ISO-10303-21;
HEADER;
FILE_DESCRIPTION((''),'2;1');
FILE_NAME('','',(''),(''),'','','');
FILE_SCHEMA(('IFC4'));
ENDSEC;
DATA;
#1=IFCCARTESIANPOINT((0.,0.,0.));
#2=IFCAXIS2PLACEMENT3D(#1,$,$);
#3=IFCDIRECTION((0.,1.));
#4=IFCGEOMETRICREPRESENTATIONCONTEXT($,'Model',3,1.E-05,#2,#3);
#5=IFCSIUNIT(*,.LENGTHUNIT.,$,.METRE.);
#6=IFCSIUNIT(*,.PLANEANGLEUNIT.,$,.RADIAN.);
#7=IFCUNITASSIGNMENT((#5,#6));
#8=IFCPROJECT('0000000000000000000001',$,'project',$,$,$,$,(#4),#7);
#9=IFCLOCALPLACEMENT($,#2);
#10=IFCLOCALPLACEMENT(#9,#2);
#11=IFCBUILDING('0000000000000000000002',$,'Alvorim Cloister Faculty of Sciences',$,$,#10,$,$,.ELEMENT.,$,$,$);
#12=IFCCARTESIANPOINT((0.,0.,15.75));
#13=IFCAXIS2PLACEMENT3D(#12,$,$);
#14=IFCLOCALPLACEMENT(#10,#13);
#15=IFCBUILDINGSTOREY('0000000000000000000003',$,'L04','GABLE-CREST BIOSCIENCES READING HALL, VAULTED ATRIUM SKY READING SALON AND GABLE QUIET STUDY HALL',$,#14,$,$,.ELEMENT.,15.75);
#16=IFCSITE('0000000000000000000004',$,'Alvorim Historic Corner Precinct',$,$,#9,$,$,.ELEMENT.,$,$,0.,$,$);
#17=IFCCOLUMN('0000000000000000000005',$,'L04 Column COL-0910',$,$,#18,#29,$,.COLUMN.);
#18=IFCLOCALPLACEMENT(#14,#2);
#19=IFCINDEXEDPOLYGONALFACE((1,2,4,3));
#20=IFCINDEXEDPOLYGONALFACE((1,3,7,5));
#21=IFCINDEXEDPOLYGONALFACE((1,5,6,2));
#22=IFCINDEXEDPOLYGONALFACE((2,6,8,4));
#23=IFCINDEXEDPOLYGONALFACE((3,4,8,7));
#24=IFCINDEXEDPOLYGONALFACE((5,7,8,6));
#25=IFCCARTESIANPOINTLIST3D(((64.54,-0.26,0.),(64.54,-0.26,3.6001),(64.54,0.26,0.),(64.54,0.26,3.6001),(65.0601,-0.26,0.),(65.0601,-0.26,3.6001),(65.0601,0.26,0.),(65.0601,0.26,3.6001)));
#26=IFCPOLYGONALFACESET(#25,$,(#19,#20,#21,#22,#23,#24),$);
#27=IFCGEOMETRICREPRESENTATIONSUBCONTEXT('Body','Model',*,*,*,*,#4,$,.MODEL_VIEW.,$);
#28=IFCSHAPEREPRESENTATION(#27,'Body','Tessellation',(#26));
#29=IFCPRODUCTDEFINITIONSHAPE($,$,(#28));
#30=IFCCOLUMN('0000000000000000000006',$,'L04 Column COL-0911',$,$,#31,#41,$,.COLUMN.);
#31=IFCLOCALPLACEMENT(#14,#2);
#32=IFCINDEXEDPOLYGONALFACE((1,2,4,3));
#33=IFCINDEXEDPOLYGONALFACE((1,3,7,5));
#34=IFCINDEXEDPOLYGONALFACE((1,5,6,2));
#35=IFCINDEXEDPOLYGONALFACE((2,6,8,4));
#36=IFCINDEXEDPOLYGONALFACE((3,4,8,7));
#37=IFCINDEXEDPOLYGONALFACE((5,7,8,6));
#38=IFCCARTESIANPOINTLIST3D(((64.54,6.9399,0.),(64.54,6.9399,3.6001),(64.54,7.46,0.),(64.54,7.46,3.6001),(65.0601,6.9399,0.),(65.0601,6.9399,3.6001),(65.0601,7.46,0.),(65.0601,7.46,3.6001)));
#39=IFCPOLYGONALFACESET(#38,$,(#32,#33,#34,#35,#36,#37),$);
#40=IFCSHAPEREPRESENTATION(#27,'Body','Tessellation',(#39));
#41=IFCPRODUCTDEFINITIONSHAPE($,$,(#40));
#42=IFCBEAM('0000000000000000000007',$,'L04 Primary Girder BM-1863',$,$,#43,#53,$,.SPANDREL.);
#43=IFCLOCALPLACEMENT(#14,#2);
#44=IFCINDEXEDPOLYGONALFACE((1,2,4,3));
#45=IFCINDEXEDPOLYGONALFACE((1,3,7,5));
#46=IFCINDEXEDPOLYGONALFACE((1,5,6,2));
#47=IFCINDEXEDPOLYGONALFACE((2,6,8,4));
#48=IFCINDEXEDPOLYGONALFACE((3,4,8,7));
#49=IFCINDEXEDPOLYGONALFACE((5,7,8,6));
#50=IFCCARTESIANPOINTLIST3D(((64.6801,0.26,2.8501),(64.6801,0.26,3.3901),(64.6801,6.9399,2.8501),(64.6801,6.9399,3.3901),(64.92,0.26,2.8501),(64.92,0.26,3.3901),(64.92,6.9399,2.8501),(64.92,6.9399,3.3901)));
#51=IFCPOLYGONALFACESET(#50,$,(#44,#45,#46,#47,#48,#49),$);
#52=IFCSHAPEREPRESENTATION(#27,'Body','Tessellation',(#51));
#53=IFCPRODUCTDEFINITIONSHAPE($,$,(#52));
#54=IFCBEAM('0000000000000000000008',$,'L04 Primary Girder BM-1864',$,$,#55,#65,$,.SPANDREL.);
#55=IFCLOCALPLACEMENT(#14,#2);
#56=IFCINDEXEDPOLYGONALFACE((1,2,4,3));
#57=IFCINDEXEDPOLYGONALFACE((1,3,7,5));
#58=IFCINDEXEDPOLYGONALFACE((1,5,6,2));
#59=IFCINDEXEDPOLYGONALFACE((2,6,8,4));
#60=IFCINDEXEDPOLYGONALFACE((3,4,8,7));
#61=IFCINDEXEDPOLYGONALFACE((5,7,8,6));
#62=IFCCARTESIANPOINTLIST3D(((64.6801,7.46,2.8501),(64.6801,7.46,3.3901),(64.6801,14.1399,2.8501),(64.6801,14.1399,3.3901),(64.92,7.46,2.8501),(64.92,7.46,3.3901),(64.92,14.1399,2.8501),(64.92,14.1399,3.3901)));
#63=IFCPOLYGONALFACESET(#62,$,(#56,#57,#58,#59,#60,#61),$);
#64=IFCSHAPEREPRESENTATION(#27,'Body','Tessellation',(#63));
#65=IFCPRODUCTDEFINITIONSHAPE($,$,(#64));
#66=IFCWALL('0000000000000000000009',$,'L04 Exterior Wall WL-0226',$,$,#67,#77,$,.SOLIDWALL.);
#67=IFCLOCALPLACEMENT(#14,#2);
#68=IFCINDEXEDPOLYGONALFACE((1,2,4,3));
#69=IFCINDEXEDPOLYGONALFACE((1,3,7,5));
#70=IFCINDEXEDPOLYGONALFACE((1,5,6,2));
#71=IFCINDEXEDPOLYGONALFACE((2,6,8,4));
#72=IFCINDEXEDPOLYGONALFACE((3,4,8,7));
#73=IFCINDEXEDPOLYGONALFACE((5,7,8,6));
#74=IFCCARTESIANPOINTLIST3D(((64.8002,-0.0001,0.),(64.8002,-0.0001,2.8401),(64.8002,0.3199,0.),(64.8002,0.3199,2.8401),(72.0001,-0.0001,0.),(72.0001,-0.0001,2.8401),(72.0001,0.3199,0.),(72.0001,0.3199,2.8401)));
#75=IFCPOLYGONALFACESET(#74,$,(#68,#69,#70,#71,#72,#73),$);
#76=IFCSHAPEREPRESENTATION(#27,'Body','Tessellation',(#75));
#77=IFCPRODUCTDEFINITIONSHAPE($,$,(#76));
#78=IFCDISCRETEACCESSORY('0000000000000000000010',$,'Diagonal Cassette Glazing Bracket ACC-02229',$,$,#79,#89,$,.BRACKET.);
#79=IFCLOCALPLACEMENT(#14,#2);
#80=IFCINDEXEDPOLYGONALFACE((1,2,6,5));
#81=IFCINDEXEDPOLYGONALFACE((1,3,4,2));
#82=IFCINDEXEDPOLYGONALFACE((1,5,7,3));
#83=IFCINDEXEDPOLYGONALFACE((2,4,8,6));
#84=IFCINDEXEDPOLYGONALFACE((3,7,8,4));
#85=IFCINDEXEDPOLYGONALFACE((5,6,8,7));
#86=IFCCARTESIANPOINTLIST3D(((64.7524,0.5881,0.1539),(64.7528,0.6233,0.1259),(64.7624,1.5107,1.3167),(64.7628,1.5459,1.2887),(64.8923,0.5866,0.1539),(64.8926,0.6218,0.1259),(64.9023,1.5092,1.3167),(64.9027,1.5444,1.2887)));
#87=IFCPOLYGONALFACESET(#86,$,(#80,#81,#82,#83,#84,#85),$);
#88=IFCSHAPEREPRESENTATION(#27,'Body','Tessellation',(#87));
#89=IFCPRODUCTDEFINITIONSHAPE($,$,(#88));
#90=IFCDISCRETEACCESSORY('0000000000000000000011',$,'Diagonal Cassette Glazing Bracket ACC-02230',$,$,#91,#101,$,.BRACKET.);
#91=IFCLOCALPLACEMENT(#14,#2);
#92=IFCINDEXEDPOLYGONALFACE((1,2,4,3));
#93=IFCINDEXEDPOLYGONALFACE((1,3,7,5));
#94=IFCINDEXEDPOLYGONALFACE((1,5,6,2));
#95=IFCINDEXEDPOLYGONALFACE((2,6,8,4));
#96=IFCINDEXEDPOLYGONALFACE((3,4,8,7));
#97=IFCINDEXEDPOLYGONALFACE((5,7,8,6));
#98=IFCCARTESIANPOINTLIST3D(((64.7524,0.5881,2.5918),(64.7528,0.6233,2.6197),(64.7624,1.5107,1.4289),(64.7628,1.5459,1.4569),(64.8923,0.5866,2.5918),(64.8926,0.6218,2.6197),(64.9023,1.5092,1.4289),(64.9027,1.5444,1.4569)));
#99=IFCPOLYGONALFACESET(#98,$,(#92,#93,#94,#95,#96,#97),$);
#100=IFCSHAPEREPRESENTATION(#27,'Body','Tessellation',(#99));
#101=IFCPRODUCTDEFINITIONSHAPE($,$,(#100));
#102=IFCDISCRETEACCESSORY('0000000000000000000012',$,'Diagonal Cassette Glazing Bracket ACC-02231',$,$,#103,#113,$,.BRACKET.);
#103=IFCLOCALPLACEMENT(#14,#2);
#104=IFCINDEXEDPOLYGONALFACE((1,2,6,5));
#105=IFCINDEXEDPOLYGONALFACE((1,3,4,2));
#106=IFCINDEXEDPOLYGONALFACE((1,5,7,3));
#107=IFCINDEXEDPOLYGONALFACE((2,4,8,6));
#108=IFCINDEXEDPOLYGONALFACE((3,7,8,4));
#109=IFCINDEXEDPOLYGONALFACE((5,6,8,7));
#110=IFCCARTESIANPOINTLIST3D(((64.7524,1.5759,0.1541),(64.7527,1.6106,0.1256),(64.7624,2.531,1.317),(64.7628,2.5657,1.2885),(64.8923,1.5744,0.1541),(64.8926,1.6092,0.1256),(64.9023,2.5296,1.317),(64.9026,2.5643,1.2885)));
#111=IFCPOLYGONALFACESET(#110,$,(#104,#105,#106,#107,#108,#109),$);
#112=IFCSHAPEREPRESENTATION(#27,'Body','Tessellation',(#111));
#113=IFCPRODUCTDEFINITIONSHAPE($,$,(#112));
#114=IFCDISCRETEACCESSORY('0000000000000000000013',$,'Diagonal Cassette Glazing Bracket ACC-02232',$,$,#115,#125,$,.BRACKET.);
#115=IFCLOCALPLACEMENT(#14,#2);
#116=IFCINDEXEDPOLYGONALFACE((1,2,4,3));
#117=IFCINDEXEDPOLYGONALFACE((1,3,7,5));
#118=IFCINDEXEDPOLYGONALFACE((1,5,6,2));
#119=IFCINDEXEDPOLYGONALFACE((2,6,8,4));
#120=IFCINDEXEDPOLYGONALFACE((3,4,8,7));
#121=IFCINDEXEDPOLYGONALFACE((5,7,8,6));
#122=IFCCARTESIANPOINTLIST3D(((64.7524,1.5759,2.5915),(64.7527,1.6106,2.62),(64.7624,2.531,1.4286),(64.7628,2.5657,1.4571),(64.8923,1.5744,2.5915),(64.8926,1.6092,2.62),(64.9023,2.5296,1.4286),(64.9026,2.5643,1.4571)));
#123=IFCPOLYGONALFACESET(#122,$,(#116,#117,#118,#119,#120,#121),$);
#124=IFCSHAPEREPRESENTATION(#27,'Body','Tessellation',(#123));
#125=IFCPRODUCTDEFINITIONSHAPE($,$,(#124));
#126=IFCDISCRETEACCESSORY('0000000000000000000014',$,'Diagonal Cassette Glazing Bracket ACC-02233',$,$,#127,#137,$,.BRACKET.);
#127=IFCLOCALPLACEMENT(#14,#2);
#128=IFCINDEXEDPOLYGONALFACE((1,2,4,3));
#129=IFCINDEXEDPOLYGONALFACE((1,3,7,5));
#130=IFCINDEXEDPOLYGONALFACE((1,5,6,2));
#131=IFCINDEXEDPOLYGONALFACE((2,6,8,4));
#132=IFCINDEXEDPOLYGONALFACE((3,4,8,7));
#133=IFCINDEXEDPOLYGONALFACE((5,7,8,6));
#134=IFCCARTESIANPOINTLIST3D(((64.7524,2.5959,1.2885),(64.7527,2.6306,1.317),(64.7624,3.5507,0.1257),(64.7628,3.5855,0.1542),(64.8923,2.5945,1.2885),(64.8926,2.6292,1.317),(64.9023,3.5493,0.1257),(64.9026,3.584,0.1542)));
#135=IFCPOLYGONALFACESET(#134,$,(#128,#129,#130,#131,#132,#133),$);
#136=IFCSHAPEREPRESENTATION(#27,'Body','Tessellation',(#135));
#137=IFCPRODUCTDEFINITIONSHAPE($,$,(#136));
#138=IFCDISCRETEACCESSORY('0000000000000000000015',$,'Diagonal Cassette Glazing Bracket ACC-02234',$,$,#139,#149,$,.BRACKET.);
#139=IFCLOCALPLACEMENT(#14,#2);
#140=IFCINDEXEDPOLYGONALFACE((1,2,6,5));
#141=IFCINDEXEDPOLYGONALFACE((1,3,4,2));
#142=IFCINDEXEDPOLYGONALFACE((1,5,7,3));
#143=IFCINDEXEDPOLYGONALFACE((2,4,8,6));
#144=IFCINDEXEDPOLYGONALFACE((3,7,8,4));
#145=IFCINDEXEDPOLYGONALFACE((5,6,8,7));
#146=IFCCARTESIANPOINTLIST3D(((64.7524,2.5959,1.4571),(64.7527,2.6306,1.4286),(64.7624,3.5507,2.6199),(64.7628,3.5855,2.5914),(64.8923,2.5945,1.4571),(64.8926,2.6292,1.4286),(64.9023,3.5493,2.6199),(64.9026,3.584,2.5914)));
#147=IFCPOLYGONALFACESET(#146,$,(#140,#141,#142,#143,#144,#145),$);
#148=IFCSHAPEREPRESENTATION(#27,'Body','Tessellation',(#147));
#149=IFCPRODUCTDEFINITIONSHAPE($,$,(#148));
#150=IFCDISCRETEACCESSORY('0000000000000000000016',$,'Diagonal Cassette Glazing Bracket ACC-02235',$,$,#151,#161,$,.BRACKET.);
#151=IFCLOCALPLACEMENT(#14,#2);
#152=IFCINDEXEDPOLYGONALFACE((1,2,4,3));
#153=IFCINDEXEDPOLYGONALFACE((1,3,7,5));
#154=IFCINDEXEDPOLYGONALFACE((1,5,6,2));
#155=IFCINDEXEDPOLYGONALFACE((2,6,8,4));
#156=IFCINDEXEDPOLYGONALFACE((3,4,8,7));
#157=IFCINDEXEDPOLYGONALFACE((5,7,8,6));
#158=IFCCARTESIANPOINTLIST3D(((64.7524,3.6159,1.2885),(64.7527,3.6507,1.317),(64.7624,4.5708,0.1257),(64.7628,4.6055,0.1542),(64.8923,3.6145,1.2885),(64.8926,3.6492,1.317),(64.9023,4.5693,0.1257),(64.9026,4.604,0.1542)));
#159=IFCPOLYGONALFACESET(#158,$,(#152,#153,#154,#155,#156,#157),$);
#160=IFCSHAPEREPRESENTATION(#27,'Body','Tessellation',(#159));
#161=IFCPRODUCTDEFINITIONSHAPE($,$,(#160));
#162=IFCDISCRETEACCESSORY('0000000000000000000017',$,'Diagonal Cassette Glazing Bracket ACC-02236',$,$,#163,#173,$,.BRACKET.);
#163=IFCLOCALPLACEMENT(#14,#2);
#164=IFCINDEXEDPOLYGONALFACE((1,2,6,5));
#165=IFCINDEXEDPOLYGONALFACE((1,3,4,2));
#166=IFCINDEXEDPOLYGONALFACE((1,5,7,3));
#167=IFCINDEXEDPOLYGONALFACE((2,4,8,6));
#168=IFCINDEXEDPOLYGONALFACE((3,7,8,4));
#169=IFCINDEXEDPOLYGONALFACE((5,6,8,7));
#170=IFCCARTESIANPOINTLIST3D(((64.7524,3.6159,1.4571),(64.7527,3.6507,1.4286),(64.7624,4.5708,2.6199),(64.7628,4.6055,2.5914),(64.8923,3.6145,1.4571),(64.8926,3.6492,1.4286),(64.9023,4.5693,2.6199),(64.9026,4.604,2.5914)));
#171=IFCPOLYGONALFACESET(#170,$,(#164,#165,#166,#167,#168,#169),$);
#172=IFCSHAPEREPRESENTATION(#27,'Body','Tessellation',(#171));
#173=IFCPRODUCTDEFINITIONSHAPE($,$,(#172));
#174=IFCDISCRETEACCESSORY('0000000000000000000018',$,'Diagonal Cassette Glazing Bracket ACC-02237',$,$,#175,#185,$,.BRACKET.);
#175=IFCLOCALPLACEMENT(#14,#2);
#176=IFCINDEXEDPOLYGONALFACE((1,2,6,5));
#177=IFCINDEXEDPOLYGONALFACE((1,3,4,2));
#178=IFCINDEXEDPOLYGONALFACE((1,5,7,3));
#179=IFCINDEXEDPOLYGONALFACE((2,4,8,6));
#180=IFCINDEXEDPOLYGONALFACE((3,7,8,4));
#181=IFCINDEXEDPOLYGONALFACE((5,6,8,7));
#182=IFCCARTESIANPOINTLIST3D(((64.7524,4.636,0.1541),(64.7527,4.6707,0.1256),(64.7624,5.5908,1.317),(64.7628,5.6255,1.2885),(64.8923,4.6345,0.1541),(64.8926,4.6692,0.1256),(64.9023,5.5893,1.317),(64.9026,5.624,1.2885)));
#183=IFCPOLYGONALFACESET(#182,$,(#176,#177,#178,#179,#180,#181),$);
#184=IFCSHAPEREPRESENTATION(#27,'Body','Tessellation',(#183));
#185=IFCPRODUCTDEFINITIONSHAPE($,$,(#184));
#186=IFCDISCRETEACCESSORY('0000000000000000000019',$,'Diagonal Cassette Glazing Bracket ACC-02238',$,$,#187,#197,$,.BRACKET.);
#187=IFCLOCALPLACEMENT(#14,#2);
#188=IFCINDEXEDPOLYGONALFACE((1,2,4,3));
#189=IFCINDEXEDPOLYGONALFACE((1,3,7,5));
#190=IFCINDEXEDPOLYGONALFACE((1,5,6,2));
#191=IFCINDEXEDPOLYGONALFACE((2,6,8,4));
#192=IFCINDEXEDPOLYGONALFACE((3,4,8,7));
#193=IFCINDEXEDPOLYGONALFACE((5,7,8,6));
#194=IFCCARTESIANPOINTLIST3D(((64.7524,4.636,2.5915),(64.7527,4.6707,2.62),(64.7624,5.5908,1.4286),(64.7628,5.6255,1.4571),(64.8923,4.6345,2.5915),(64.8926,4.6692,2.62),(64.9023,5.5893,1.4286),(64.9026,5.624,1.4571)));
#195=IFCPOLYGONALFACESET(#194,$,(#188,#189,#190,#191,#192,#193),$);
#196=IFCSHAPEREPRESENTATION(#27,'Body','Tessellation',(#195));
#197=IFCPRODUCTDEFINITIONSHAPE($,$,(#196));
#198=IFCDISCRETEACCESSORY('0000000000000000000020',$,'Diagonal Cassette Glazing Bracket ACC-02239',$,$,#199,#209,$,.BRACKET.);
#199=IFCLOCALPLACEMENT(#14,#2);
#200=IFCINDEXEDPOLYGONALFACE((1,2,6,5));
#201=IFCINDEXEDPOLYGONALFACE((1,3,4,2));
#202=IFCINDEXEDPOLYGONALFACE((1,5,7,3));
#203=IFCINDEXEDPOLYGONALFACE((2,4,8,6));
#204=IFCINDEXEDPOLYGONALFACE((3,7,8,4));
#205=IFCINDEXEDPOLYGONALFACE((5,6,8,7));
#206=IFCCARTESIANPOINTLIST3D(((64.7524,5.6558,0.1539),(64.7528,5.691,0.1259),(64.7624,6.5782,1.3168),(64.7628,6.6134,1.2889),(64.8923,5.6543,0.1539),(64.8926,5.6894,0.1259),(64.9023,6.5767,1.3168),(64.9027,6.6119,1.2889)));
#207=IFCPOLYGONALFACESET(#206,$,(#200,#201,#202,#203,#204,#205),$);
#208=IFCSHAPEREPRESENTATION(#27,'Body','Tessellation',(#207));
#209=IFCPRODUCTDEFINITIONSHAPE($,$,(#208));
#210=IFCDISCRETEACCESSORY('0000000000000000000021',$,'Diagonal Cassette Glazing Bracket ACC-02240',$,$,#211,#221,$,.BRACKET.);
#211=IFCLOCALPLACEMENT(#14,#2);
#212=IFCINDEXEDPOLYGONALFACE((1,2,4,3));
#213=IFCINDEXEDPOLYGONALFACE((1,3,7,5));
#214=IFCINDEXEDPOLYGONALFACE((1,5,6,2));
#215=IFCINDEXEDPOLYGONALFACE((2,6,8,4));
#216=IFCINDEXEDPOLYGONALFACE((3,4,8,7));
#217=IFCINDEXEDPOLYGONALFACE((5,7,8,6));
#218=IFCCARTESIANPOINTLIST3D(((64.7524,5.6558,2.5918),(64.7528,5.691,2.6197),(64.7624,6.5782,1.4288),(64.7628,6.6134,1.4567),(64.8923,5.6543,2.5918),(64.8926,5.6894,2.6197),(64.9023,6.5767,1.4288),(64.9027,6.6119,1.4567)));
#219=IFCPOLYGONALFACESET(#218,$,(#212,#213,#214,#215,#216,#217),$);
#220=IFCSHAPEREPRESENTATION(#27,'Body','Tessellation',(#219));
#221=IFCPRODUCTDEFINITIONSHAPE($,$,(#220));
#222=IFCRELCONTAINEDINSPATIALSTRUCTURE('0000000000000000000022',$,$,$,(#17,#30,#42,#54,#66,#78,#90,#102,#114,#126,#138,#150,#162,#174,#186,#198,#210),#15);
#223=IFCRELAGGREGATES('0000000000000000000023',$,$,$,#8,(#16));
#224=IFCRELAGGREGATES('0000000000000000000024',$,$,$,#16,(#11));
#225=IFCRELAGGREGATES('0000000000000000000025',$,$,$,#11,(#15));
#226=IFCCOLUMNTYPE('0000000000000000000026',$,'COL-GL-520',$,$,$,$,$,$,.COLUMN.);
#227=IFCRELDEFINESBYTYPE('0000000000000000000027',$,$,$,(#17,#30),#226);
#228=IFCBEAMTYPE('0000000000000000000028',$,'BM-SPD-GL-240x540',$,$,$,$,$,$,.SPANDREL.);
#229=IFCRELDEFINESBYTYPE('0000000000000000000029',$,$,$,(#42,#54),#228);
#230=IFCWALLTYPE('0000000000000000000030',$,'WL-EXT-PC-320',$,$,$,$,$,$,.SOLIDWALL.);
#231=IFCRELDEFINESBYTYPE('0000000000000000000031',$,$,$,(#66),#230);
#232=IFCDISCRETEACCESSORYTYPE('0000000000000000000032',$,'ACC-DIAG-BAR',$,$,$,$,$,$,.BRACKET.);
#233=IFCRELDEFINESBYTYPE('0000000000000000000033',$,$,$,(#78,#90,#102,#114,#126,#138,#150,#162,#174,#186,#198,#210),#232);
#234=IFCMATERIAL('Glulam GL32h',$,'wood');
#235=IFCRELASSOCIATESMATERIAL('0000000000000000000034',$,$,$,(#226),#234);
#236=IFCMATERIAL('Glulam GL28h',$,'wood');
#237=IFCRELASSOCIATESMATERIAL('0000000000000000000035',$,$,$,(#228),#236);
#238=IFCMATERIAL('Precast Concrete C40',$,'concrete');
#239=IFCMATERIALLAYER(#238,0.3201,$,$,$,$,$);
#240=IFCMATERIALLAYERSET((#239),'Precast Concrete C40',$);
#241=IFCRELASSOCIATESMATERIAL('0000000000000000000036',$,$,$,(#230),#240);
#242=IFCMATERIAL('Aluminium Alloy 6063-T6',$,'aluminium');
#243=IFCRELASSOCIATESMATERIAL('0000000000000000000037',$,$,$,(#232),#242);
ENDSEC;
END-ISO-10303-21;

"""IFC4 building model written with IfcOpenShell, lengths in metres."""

from ifc_helpers import new_model, si_unit, direction, frame, frame_2d, origin, origin_2d, place, context, subcontext, project, spatial, rectangle, extrude, material, layer, layer_set, material_profile, profile_set, type_object, element, save


model = new_model("IFC4")

# Units and contexts
model_context = context("Model", 3, precision=1e-05, world=origin(), true_north=direction((0.0, 1.0)))
body_context = subcontext(model_context, "Body", "Model", "MODEL_VIEW")
ifc_project = project(units=[si_unit("LENGTHUNIT", "METRE"), si_unit("PLANEANGLEUNIT", "RADIAN")], contexts=[model_context])

# Site, building, storey
site_placement = place(None, origin())
site = spatial("IfcSite", under=ifc_project, at=site_placement, Name="Alvorim Historic Corner Precinct", CompositionType="ELEMENT", RefElevation=0.0)
building_placement = place(site_placement, origin())
building = spatial("IfcBuilding", under=site, at=building_placement, Name="Alvorim Cloister Faculty of Sciences", CompositionType="ELEMENT")
storey_placement = place(building_placement, frame((0.0, 0.0, 15.75)))
storey = spatial("IfcBuildingStorey", under=building, at=storey_placement, Name="L04", Description="GABLE-CREST BIOSCIENCES READING HALL, VAULTED ATRIUM SKY READING SALON AND GABLE QUIET STUDY HALL", CompositionType="ELEMENT", Elevation=15.75)

# Columns
ifc_material_1 = material(Name="Glulam GL32h", Category="wood")
ifc_material_profile_1 = material_profile(ifc_material_1, rectangle(XDim=0.52, YDim=0.52, at=origin_2d()), Name="GL32-COL-520x520")
ifc_profile_set_1 = profile_set([ifc_material_profile_1], Name="Glulam GL32h")
column_type = type_object("IfcColumnType", Name="COL-GL-520", PredefinedType="COLUMN", material=ifc_profile_set_1)
for number, where, z_axis, x_axis, name in (
    (1, (64.8, 0.0, 0.0), (0.0, 0.0, 1.0), (1.0, 0.0, 0.0), "L04 Column COL-0910"),
    (2, (64.8, 7.2, 0.0), (0.0, 0.0, 1.0), (1.0, 0.0, 0.0), "L04 Column COL-0911"),
):
    element("IfcColumn", number, at=place(storey_placement, frame(where, z_axis=z_axis, x_axis=x_axis)), inside=storey, type_object=column_type, Name=name, PredefinedType="COLUMN", context=body_context, shape_type="SweptSolid", body=[
        extrude(rectangle(XDim=0.52, YDim=0.52, at=origin_2d()), origin(), (0.0, 0.0, 1.0), 3.6001),
    ])

# Beams
ifc_material_2 = material(Name="Glulam GL28h", Category="wood")
ifc_material_profile_2 = material_profile(ifc_material_2, rectangle(XDim=0.24, YDim=0.54, at=origin_2d()), Name="GL28-SPD-240x540")
ifc_profile_set_2 = profile_set([ifc_material_profile_2], Name="Glulam GL28h")
beam_type = type_object("IfcBeamType", Name="BM-SPD-GL-240x540", PredefinedType="SPANDREL", material=ifc_profile_set_2)
for number, where, z_axis, x_axis, name in (
    (3, (64.8, 0.26, 3.1201), (0.0, 1.0, 0.0), (-1.0, 0.0, 0.0), "L04 Primary Girder BM-1863"),
    (4, (64.8, 7.46, 3.1201), (0.0, 1.0, 0.0), (-1.0, 0.0, 0.0), "L04 Primary Girder BM-1864"),
):
    element("IfcBeam", number, at=place(storey_placement, frame(where, z_axis=z_axis, x_axis=x_axis)), inside=storey, type_object=beam_type, Name=name, PredefinedType="SPANDREL", context=body_context, shape_type="SweptSolid", body=[
        extrude(rectangle(XDim=0.24, YDim=0.54, at=origin_2d()), origin(), (0.0, 0.0, 1.0), 6.6799),
    ])

# Wall
ifc_material_3 = material(Name="Precast Concrete C40", Category="concrete")
ifc_layer_1 = layer(ifc_material_3, 0.3201)
ifc_layer_set_1 = layer_set([ifc_layer_1], Name="Precast Concrete C40")
wall_type = type_object("IfcWallType", Name="WL-EXT-PC-320", PredefinedType="SOLIDWALL", material=ifc_layer_set_1)
wall_placement = place(storey_placement, frame((64.8, 0.1599, 0.0), z_axis=(0.0, 0.0, 1.0), x_axis=(1.0, 0.0, 0.0)))
element("IfcWall", 5, at=wall_placement, inside=storey, type_object=wall_type, Name="L04 Exterior Wall WL-0226", PredefinedType="SOLIDWALL", context=body_context, shape_type="SweptSolid", body=[
    extrude(rectangle(XDim=7.2, YDim=0.3201, at=frame_2d((3.6001, 0.0))), origin(), (0.0, 0.0, 1.0), 2.8401),
])

# Discrete accessories
ifc_material_4 = material(Name="Aluminium Alloy 6063-T6", Category="aluminium")
discrete_accessory_type = type_object("IfcDiscreteAccessoryType", Name="ACC-DIAG-BAR", PredefinedType="BRACKET", material=ifc_material_4)
for number, where, z_axis, x_axis, name in (
    (6, (64.8225, 0.605, 0.1399), (0.006743, 0.621527, 0.783364), (-0.999941, 0.010849, 0.0), "Diagonal Cassette Glazing Bracket ACC-02229"),
    (7, (64.8225, 0.605, 2.6057), (0.006743, 0.621527, -0.783364), (-0.999941, 0.010849, 0.0), "Diagonal Cassette Glazing Bracket ACC-02230"),
):
    element("IfcDiscreteAccessory", number, at=place(storey_placement, frame(where, z_axis=z_axis, x_axis=x_axis)), inside=storey, type_object=discrete_accessory_type, Name=name, PredefinedType="BRACKET", context=body_context, shape_type="SweptSolid", body=[
        extrude(rectangle(XDim=0.1399, YDim=0.0449, at=origin_2d()), origin(), (0.0, 0.0, 1.0), 1.4844),
    ])
for number, where, z_axis, x_axis, name in (
    (8, (64.8225, 1.5925, 0.1399), (0.006652, 0.63468, 0.772746), (-0.999945, 0.01048, 0.0), "Diagonal Cassette Glazing Bracket ACC-02231"),
    (9, (64.8225, 1.5925, 2.6057), (0.006652, 0.63468, -0.772746), (-0.999945, 0.01048, 0.0), "Diagonal Cassette Glazing Bracket ACC-02232"),
):
    element("IfcDiscreteAccessory", number, at=place(storey_placement, frame(where, z_axis=z_axis, x_axis=x_axis)), inside=storey, type_object=discrete_accessory_type, Name=name, PredefinedType="BRACKET", context=body_context, shape_type="SweptSolid", body=[
        extrude(rectangle(XDim=0.1399, YDim=0.0449, at=origin_2d()), origin(), (0.0, 0.0, 1.0), 1.5049),
    ])
for number, where, z_axis, x_axis, name in (
    (10, (64.8225, 2.6125, 1.3027), (0.006652, 0.634584, -0.772826), (-0.999945, 0.010483, 0.0), "Diagonal Cassette Glazing Bracket ACC-02233"),
    (11, (64.8225, 2.6125, 1.4429), (0.006652, 0.634584, 0.772826), (-0.999945, 0.010483, 0.0), "Diagonal Cassette Glazing Bracket ACC-02234"),
    (12, (64.8225, 3.6326, 1.3027), (0.006652, 0.634584, -0.772826), (-0.999945, 0.010483, 0.0), "Diagonal Cassette Glazing Bracket ACC-02235"),
    (13, (64.8225, 3.6326, 1.4429), (0.006652, 0.634584, 0.772826), (-0.999945, 0.010483, 0.0), "Diagonal Cassette Glazing Bracket ACC-02236"),
    (14, (64.8225, 4.6526, 0.1399), (0.006652, 0.634584, 0.772826), (-0.999945, 0.010483, 0.0), "Diagonal Cassette Glazing Bracket ACC-02237"),
    (15, (64.8225, 4.6526, 2.6057), (0.006652, 0.634584, -0.772826), (-0.999945, 0.010483, 0.0), "Diagonal Cassette Glazing Bracket ACC-02238"),
):
    element("IfcDiscreteAccessory", number, at=place(storey_placement, frame(where, z_axis=z_axis, x_axis=x_axis)), inside=storey, type_object=discrete_accessory_type, Name=name, PredefinedType="BRACKET", context=body_context, shape_type="SweptSolid", body=[
        extrude(rectangle(XDim=0.1399, YDim=0.0449, at=origin_2d()), origin(), (0.0, 0.0, 1.0), 1.5046),
    ])
for number, where, z_axis, x_axis, name in (
    (16, (64.8225, 5.6726, 0.1399), (0.006744, 0.621426, 0.783444), (-0.999941, 0.010852, 0.0), "Diagonal Cassette Glazing Bracket ACC-02239"),
    (17, (64.8225, 5.6726, 2.6057), (0.006744, 0.621426, -0.783444), (-0.999941, 0.010852, 0.0), "Diagonal Cassette Glazing Bracket ACC-02240"),
):
    element("IfcDiscreteAccessory", number, at=place(storey_placement, frame(where, z_axis=z_axis, x_axis=x_axis)), inside=storey, type_object=discrete_accessory_type, Name=name, PredefinedType="BRACKET", context=body_context, shape_type="SweptSolid", body=[
        extrude(rectangle(XDim=0.1399, YDim=0.0449, at=origin_2d()), origin(), (0.0, 0.0, 1.0), 1.4844),
    ])

save(model, "model.ifc")
